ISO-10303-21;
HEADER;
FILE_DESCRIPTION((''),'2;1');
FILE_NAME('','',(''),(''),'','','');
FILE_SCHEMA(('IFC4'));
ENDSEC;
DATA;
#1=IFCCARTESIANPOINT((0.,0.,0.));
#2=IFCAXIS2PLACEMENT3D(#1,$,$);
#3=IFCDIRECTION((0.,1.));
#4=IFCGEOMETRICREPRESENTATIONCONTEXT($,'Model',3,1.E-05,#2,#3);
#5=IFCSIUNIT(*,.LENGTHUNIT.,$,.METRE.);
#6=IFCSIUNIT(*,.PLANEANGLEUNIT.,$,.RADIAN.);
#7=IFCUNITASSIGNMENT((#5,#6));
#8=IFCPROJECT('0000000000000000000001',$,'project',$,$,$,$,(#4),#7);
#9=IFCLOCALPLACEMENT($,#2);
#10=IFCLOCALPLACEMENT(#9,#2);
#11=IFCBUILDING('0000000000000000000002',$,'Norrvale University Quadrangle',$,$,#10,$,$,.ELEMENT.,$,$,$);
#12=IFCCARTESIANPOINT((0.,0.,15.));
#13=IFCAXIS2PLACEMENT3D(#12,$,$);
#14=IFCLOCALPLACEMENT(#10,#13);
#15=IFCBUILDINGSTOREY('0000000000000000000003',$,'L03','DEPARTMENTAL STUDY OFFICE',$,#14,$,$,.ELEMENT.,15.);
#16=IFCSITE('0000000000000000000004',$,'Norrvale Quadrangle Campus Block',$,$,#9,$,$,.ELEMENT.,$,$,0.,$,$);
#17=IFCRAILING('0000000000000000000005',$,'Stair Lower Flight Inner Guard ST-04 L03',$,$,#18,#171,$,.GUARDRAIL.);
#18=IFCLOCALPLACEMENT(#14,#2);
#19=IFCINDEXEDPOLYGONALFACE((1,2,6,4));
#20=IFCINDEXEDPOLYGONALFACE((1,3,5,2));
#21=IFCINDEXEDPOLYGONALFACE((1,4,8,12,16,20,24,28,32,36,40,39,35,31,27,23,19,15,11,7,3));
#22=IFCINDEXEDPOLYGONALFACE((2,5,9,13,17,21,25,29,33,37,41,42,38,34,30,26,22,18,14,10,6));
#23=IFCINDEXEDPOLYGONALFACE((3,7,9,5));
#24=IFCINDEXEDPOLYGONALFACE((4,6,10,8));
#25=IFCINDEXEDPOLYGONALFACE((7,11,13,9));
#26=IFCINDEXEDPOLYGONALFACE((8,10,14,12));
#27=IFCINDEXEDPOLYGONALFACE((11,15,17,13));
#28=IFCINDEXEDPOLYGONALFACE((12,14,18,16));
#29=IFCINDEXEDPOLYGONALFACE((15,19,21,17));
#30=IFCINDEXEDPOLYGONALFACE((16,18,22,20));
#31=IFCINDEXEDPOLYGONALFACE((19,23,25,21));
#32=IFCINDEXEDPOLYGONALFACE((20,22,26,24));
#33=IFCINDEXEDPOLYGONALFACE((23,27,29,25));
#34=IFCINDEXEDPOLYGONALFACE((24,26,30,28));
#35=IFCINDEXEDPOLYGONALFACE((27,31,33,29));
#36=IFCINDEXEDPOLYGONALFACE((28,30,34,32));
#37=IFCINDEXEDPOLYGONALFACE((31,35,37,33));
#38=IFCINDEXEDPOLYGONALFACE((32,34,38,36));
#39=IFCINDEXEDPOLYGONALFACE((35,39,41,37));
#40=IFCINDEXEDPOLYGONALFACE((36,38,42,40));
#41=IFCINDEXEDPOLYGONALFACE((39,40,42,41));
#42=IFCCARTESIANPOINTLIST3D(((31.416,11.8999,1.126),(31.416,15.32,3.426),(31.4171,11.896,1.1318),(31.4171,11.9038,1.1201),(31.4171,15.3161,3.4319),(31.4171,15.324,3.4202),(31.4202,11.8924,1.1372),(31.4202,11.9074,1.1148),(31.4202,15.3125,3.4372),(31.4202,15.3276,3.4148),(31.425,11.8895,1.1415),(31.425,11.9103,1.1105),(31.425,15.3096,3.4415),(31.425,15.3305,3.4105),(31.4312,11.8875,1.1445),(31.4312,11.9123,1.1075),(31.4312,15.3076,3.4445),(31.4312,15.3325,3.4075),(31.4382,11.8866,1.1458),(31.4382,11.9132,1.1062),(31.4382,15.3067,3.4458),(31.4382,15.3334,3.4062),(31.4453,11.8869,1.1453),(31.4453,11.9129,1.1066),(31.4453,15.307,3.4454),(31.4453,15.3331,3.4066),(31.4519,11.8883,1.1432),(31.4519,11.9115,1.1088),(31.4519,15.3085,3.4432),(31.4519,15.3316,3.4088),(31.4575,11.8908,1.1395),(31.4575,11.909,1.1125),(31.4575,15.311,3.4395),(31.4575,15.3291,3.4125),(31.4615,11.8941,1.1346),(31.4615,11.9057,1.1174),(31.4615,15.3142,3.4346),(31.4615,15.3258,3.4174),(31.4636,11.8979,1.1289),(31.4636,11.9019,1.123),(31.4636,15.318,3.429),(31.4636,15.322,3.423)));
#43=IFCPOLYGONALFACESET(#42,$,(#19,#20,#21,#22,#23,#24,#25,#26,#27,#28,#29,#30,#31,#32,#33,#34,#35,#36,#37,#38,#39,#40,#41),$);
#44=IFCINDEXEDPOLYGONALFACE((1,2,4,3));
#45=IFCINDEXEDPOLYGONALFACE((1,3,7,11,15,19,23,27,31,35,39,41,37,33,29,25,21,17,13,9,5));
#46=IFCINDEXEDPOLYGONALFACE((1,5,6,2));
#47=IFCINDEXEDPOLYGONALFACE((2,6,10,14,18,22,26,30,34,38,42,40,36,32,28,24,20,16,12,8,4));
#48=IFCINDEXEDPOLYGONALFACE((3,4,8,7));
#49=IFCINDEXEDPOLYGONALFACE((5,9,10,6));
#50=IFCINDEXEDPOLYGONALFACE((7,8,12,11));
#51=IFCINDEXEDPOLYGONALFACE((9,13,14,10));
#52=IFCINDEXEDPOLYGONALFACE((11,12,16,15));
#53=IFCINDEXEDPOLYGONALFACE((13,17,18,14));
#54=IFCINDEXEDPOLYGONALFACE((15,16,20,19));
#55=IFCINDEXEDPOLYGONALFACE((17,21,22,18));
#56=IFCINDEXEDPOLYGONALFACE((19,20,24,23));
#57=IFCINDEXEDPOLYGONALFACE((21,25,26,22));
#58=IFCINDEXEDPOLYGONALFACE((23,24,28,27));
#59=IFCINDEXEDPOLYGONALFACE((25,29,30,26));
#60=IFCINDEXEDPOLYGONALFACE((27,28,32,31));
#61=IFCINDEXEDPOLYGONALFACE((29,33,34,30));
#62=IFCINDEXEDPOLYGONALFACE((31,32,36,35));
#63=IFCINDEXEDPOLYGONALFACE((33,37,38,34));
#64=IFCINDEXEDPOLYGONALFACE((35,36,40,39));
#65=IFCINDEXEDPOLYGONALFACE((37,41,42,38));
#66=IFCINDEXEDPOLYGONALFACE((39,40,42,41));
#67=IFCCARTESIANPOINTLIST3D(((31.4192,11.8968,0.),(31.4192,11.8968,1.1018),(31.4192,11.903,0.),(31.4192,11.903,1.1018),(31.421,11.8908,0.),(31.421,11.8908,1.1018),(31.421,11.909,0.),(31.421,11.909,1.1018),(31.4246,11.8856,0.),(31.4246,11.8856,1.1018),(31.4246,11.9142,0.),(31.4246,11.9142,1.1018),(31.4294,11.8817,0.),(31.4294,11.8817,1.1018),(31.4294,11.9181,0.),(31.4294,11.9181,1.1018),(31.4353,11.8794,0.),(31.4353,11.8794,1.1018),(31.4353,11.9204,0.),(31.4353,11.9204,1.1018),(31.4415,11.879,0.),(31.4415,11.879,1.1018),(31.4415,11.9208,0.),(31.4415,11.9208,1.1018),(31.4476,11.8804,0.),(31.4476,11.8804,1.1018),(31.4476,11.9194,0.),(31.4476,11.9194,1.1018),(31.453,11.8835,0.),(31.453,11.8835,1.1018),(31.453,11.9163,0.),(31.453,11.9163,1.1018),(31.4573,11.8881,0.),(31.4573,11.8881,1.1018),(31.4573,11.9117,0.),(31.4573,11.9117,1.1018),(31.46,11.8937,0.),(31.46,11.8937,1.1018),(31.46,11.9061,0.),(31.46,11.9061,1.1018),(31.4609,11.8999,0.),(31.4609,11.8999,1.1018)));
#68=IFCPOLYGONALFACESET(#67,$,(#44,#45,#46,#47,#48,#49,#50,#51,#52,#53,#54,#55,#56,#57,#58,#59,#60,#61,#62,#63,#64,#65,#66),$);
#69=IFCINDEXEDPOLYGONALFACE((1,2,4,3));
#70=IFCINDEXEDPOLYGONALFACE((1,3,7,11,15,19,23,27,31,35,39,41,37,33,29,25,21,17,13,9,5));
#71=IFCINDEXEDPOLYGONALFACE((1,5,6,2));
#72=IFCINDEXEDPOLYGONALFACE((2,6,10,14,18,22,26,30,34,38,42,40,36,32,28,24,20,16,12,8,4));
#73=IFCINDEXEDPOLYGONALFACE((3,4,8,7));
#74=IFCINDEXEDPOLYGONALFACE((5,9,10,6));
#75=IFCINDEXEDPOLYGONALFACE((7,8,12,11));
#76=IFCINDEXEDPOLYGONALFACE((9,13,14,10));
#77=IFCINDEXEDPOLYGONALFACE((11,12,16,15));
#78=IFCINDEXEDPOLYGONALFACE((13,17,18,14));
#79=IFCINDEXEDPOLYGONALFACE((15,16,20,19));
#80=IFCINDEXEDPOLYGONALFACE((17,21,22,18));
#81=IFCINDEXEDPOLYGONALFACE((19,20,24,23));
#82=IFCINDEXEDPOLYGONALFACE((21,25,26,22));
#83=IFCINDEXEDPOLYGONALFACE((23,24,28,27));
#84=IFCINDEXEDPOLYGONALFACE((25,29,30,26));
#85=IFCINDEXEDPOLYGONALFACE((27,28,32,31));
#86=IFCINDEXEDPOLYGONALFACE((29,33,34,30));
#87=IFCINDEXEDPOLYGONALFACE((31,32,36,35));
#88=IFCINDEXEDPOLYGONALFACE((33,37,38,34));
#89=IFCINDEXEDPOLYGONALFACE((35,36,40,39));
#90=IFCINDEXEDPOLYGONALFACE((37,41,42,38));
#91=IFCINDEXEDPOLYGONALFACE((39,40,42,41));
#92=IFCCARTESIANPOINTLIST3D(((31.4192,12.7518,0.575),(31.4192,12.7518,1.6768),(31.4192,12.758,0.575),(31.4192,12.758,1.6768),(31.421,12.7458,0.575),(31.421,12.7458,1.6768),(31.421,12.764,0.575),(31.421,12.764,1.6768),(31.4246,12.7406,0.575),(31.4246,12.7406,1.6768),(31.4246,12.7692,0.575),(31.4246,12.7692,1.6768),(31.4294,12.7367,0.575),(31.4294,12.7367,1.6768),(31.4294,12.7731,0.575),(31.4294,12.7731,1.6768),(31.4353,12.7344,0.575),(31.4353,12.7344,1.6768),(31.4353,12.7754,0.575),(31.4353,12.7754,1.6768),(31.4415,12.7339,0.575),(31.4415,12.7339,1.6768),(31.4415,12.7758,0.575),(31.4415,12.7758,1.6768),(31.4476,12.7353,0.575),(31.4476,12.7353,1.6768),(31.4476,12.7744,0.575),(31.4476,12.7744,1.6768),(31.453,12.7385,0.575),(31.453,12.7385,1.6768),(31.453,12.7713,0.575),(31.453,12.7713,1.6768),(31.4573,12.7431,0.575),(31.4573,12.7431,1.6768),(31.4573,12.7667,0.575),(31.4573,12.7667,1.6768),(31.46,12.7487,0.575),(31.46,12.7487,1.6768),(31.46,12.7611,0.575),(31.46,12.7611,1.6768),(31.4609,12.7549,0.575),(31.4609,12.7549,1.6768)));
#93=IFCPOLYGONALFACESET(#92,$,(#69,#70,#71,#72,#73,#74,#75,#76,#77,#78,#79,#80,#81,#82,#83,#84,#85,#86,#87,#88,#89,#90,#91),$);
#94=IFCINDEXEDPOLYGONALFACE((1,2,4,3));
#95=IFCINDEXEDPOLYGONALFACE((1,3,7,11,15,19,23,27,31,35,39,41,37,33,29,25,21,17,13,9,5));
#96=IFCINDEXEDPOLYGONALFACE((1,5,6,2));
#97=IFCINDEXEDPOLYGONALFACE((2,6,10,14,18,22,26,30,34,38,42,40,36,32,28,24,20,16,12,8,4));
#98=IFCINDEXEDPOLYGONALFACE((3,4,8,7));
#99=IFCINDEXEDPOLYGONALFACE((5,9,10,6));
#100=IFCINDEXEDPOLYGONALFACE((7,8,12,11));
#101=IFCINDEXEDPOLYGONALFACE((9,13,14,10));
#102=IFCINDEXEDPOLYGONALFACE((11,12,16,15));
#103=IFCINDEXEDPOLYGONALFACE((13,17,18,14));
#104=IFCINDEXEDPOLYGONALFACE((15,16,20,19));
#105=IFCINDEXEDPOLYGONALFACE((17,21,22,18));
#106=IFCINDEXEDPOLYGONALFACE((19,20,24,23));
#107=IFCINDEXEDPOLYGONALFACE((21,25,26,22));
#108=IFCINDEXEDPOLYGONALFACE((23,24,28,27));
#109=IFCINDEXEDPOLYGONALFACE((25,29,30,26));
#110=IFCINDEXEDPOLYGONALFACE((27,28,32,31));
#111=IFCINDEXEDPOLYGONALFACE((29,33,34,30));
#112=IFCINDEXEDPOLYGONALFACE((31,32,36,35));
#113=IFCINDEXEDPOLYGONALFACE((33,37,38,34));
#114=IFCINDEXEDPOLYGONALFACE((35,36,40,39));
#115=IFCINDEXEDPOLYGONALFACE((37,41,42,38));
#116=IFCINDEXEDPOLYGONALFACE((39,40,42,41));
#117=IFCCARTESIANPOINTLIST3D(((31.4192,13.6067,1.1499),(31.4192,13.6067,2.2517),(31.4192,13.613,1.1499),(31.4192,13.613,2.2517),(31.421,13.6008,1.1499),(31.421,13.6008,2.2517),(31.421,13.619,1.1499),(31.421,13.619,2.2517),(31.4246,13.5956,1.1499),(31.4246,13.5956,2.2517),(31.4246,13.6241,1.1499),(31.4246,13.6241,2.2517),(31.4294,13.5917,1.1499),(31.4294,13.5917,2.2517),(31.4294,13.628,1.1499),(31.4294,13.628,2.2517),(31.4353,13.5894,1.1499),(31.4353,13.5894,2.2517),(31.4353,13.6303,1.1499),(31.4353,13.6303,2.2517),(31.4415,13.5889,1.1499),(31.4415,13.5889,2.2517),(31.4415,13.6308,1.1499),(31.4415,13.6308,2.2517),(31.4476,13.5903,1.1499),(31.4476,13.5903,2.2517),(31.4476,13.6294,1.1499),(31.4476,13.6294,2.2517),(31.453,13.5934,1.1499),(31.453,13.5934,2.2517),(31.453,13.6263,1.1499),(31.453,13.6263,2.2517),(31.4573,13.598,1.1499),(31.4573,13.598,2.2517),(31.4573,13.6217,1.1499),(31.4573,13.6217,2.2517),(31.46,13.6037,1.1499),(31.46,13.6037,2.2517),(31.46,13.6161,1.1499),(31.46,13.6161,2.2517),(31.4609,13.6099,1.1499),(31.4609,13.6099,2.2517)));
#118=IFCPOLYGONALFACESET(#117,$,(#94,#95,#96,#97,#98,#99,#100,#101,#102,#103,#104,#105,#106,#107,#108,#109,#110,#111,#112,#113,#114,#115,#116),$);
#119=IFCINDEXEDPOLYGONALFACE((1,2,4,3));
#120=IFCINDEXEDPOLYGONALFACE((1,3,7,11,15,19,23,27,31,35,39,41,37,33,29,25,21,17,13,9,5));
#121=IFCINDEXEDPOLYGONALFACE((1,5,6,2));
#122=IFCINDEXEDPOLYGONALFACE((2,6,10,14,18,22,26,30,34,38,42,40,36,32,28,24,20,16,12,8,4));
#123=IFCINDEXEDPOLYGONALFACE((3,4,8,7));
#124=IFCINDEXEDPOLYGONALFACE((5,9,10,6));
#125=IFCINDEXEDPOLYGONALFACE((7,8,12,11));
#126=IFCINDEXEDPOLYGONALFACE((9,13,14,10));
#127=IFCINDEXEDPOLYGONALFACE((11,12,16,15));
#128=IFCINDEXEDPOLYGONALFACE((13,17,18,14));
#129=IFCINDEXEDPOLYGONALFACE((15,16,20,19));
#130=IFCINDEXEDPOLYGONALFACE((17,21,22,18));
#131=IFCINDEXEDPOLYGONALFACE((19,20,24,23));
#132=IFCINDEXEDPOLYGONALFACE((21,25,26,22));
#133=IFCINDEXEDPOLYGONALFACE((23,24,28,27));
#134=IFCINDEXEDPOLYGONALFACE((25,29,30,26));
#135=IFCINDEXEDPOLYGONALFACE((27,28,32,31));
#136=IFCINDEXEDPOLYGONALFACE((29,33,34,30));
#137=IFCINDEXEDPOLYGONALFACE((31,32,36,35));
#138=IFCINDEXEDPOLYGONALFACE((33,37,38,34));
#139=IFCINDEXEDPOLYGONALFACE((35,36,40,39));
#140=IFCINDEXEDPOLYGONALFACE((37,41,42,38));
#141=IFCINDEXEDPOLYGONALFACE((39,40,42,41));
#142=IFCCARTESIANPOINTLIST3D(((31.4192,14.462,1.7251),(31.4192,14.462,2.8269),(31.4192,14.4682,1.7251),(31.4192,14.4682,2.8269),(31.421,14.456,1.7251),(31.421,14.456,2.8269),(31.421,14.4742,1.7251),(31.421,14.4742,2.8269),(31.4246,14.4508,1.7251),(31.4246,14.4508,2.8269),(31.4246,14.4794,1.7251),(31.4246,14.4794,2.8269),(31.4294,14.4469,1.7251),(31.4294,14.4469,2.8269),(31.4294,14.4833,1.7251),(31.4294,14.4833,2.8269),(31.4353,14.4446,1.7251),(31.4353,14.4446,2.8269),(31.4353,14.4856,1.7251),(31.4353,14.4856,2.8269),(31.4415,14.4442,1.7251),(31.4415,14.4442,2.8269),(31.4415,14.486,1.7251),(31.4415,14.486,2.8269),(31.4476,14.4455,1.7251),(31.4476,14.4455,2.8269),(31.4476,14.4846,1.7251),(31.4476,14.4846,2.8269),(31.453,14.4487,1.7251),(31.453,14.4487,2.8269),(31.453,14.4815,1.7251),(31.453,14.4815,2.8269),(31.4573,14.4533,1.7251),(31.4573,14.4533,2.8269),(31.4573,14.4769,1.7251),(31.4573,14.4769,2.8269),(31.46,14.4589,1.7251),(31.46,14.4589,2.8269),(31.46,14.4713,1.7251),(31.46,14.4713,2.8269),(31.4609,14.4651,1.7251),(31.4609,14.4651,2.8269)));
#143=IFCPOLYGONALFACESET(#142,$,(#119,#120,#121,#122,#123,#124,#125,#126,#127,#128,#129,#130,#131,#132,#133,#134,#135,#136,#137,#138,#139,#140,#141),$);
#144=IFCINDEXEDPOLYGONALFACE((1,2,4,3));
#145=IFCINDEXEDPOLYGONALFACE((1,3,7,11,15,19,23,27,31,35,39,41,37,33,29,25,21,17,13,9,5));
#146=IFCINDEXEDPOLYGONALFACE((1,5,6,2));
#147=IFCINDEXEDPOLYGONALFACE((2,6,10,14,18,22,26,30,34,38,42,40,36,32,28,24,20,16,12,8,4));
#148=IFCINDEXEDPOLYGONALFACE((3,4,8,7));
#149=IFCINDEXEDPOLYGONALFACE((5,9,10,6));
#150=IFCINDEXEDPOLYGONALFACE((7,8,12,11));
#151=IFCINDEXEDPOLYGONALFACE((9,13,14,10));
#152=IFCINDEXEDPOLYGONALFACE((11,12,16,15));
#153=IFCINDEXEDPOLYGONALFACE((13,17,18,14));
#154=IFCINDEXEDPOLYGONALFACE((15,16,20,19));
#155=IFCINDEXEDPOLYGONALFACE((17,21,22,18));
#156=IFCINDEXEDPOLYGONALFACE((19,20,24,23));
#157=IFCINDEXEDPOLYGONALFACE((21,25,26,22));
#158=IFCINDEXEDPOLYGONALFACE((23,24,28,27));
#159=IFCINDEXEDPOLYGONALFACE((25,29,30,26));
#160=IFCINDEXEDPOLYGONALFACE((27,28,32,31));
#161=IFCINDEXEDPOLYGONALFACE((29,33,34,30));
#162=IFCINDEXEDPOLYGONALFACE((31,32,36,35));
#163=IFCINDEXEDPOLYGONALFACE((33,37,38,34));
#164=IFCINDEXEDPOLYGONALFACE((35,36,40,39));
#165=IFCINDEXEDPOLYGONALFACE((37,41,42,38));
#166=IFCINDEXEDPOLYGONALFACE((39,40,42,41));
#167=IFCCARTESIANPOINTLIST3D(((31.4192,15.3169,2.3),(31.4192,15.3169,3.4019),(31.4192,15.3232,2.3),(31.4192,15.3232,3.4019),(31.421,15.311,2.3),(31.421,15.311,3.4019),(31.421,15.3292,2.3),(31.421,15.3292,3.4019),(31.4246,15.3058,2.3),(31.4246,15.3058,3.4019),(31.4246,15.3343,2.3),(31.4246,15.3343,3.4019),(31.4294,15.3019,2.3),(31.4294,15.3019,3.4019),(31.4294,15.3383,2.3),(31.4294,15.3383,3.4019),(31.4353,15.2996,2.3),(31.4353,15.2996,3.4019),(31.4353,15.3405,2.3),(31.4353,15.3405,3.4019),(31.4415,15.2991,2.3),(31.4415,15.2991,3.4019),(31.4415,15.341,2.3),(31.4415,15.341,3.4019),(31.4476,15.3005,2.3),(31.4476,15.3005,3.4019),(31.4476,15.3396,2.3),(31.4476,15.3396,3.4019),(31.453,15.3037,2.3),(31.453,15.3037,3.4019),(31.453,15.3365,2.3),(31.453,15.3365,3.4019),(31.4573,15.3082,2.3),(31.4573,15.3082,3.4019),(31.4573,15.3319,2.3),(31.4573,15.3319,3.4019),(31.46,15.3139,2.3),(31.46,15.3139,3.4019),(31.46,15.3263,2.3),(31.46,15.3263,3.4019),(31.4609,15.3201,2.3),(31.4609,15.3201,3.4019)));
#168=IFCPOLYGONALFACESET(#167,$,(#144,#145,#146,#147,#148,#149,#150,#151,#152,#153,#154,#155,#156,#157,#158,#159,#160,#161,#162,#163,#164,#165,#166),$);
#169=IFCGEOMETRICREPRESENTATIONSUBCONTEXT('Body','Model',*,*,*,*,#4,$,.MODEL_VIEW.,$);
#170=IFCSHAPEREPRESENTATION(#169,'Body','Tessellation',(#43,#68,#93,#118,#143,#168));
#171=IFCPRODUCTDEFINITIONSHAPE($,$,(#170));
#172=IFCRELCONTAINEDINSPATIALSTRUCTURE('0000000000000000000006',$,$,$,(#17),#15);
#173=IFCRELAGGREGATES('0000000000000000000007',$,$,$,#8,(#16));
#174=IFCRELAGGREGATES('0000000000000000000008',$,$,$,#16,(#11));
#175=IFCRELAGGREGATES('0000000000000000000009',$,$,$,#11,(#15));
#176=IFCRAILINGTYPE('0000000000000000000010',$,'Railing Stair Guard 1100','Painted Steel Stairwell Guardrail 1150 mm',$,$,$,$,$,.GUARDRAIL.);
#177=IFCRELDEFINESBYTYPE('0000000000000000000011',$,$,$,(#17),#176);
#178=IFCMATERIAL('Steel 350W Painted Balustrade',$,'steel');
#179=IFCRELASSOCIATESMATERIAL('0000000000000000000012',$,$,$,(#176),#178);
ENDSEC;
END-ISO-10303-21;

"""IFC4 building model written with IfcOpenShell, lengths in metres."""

from ifc_helpers import new_model, si_unit, direction, frame, origin, origin_2d, place, context, subcontext, project, spatial, circle, extrude, material, type_object, element, save


model = new_model("IFC4")

# Units and contexts
model_context = context("Model", 3, precision=1e-05, world=origin(), true_north=direction((0.0, 1.0)))
body_context = subcontext(model_context, "Body", "Model", "MODEL_VIEW")
ifc_project = project(units=[si_unit("LENGTHUNIT", "METRE"), si_unit("PLANEANGLEUNIT", "RADIAN")], contexts=[model_context])

# Site, building, storey
site_placement = place(None, origin())
site = spatial("IfcSite", under=ifc_project, at=site_placement, Name="Norrvale Quadrangle Campus Block", CompositionType="ELEMENT", RefElevation=0.0)
building_placement = place(site_placement, origin())
building = spatial("IfcBuilding", under=site, at=building_placement, Name="Norrvale University Quadrangle", CompositionType="ELEMENT")
storey_placement = place(building_placement, frame((0.0, 0.0, 15.0)))
storey = spatial("IfcBuildingStorey", under=building, at=storey_placement, Name="L03", Description="DEPARTMENTAL STUDY OFFICE", CompositionType="ELEMENT", Elevation=15.0)

# Railing
ifc_material_1 = material(Name="Steel 350W Painted Balustrade", Category="steel")
railing_type_1 = type_object("IfcRailingType", Name="Railing Stair Guard 1100", Description="Painted Steel Stairwell Guardrail 1150 mm", PredefinedType="GUARDRAIL", material=ifc_material_1)
railing_1_placement = place(storey_placement, frame((31.4399, 11.8999, 0.0)))
element("IfcRailing", 1, at=railing_1_placement, inside=storey, type_object=railing_type_1, Name="Stair Lower Flight Inner Guard ST-04 L03", PredefinedType="GUARDRAIL", context=body_context, shape_type="SweptSolid", body=[
    extrude(circle(Radius=0.0239, at=origin_2d()), frame((0.0, 0.0, 1.126), z_axis=(0.0, 0.829811, 0.558045), x_axis=(-1.0, 0.0, 0.0)), (0.0, 0.0, 1.0), 4.1216),
    extrude(circle(Radius=0.021, at=origin_2d()), origin(), (0.0, 0.0, 1.0), 1.1018),
    extrude(circle(Radius=0.021, at=origin_2d()), frame((0.0, 0.855, 0.575)), (0.0, 0.0, 1.0), 1.1018),
    extrude(circle(Radius=0.021, at=origin_2d()), frame((0.0, 1.71, 1.1499)), (0.0, 0.0, 1.0), 1.1018),
    extrude(circle(Radius=0.021, at=origin_2d()), frame((0.0, 2.5652, 1.7251)), (0.0, 0.0, 1.0), 1.1018),
    extrude(circle(Radius=0.021, at=origin_2d()), frame((0.0, 3.4202, 2.3)), (0.0, 0.0, 1.0), 1.1018),
])

save(model, "model.ifc")
